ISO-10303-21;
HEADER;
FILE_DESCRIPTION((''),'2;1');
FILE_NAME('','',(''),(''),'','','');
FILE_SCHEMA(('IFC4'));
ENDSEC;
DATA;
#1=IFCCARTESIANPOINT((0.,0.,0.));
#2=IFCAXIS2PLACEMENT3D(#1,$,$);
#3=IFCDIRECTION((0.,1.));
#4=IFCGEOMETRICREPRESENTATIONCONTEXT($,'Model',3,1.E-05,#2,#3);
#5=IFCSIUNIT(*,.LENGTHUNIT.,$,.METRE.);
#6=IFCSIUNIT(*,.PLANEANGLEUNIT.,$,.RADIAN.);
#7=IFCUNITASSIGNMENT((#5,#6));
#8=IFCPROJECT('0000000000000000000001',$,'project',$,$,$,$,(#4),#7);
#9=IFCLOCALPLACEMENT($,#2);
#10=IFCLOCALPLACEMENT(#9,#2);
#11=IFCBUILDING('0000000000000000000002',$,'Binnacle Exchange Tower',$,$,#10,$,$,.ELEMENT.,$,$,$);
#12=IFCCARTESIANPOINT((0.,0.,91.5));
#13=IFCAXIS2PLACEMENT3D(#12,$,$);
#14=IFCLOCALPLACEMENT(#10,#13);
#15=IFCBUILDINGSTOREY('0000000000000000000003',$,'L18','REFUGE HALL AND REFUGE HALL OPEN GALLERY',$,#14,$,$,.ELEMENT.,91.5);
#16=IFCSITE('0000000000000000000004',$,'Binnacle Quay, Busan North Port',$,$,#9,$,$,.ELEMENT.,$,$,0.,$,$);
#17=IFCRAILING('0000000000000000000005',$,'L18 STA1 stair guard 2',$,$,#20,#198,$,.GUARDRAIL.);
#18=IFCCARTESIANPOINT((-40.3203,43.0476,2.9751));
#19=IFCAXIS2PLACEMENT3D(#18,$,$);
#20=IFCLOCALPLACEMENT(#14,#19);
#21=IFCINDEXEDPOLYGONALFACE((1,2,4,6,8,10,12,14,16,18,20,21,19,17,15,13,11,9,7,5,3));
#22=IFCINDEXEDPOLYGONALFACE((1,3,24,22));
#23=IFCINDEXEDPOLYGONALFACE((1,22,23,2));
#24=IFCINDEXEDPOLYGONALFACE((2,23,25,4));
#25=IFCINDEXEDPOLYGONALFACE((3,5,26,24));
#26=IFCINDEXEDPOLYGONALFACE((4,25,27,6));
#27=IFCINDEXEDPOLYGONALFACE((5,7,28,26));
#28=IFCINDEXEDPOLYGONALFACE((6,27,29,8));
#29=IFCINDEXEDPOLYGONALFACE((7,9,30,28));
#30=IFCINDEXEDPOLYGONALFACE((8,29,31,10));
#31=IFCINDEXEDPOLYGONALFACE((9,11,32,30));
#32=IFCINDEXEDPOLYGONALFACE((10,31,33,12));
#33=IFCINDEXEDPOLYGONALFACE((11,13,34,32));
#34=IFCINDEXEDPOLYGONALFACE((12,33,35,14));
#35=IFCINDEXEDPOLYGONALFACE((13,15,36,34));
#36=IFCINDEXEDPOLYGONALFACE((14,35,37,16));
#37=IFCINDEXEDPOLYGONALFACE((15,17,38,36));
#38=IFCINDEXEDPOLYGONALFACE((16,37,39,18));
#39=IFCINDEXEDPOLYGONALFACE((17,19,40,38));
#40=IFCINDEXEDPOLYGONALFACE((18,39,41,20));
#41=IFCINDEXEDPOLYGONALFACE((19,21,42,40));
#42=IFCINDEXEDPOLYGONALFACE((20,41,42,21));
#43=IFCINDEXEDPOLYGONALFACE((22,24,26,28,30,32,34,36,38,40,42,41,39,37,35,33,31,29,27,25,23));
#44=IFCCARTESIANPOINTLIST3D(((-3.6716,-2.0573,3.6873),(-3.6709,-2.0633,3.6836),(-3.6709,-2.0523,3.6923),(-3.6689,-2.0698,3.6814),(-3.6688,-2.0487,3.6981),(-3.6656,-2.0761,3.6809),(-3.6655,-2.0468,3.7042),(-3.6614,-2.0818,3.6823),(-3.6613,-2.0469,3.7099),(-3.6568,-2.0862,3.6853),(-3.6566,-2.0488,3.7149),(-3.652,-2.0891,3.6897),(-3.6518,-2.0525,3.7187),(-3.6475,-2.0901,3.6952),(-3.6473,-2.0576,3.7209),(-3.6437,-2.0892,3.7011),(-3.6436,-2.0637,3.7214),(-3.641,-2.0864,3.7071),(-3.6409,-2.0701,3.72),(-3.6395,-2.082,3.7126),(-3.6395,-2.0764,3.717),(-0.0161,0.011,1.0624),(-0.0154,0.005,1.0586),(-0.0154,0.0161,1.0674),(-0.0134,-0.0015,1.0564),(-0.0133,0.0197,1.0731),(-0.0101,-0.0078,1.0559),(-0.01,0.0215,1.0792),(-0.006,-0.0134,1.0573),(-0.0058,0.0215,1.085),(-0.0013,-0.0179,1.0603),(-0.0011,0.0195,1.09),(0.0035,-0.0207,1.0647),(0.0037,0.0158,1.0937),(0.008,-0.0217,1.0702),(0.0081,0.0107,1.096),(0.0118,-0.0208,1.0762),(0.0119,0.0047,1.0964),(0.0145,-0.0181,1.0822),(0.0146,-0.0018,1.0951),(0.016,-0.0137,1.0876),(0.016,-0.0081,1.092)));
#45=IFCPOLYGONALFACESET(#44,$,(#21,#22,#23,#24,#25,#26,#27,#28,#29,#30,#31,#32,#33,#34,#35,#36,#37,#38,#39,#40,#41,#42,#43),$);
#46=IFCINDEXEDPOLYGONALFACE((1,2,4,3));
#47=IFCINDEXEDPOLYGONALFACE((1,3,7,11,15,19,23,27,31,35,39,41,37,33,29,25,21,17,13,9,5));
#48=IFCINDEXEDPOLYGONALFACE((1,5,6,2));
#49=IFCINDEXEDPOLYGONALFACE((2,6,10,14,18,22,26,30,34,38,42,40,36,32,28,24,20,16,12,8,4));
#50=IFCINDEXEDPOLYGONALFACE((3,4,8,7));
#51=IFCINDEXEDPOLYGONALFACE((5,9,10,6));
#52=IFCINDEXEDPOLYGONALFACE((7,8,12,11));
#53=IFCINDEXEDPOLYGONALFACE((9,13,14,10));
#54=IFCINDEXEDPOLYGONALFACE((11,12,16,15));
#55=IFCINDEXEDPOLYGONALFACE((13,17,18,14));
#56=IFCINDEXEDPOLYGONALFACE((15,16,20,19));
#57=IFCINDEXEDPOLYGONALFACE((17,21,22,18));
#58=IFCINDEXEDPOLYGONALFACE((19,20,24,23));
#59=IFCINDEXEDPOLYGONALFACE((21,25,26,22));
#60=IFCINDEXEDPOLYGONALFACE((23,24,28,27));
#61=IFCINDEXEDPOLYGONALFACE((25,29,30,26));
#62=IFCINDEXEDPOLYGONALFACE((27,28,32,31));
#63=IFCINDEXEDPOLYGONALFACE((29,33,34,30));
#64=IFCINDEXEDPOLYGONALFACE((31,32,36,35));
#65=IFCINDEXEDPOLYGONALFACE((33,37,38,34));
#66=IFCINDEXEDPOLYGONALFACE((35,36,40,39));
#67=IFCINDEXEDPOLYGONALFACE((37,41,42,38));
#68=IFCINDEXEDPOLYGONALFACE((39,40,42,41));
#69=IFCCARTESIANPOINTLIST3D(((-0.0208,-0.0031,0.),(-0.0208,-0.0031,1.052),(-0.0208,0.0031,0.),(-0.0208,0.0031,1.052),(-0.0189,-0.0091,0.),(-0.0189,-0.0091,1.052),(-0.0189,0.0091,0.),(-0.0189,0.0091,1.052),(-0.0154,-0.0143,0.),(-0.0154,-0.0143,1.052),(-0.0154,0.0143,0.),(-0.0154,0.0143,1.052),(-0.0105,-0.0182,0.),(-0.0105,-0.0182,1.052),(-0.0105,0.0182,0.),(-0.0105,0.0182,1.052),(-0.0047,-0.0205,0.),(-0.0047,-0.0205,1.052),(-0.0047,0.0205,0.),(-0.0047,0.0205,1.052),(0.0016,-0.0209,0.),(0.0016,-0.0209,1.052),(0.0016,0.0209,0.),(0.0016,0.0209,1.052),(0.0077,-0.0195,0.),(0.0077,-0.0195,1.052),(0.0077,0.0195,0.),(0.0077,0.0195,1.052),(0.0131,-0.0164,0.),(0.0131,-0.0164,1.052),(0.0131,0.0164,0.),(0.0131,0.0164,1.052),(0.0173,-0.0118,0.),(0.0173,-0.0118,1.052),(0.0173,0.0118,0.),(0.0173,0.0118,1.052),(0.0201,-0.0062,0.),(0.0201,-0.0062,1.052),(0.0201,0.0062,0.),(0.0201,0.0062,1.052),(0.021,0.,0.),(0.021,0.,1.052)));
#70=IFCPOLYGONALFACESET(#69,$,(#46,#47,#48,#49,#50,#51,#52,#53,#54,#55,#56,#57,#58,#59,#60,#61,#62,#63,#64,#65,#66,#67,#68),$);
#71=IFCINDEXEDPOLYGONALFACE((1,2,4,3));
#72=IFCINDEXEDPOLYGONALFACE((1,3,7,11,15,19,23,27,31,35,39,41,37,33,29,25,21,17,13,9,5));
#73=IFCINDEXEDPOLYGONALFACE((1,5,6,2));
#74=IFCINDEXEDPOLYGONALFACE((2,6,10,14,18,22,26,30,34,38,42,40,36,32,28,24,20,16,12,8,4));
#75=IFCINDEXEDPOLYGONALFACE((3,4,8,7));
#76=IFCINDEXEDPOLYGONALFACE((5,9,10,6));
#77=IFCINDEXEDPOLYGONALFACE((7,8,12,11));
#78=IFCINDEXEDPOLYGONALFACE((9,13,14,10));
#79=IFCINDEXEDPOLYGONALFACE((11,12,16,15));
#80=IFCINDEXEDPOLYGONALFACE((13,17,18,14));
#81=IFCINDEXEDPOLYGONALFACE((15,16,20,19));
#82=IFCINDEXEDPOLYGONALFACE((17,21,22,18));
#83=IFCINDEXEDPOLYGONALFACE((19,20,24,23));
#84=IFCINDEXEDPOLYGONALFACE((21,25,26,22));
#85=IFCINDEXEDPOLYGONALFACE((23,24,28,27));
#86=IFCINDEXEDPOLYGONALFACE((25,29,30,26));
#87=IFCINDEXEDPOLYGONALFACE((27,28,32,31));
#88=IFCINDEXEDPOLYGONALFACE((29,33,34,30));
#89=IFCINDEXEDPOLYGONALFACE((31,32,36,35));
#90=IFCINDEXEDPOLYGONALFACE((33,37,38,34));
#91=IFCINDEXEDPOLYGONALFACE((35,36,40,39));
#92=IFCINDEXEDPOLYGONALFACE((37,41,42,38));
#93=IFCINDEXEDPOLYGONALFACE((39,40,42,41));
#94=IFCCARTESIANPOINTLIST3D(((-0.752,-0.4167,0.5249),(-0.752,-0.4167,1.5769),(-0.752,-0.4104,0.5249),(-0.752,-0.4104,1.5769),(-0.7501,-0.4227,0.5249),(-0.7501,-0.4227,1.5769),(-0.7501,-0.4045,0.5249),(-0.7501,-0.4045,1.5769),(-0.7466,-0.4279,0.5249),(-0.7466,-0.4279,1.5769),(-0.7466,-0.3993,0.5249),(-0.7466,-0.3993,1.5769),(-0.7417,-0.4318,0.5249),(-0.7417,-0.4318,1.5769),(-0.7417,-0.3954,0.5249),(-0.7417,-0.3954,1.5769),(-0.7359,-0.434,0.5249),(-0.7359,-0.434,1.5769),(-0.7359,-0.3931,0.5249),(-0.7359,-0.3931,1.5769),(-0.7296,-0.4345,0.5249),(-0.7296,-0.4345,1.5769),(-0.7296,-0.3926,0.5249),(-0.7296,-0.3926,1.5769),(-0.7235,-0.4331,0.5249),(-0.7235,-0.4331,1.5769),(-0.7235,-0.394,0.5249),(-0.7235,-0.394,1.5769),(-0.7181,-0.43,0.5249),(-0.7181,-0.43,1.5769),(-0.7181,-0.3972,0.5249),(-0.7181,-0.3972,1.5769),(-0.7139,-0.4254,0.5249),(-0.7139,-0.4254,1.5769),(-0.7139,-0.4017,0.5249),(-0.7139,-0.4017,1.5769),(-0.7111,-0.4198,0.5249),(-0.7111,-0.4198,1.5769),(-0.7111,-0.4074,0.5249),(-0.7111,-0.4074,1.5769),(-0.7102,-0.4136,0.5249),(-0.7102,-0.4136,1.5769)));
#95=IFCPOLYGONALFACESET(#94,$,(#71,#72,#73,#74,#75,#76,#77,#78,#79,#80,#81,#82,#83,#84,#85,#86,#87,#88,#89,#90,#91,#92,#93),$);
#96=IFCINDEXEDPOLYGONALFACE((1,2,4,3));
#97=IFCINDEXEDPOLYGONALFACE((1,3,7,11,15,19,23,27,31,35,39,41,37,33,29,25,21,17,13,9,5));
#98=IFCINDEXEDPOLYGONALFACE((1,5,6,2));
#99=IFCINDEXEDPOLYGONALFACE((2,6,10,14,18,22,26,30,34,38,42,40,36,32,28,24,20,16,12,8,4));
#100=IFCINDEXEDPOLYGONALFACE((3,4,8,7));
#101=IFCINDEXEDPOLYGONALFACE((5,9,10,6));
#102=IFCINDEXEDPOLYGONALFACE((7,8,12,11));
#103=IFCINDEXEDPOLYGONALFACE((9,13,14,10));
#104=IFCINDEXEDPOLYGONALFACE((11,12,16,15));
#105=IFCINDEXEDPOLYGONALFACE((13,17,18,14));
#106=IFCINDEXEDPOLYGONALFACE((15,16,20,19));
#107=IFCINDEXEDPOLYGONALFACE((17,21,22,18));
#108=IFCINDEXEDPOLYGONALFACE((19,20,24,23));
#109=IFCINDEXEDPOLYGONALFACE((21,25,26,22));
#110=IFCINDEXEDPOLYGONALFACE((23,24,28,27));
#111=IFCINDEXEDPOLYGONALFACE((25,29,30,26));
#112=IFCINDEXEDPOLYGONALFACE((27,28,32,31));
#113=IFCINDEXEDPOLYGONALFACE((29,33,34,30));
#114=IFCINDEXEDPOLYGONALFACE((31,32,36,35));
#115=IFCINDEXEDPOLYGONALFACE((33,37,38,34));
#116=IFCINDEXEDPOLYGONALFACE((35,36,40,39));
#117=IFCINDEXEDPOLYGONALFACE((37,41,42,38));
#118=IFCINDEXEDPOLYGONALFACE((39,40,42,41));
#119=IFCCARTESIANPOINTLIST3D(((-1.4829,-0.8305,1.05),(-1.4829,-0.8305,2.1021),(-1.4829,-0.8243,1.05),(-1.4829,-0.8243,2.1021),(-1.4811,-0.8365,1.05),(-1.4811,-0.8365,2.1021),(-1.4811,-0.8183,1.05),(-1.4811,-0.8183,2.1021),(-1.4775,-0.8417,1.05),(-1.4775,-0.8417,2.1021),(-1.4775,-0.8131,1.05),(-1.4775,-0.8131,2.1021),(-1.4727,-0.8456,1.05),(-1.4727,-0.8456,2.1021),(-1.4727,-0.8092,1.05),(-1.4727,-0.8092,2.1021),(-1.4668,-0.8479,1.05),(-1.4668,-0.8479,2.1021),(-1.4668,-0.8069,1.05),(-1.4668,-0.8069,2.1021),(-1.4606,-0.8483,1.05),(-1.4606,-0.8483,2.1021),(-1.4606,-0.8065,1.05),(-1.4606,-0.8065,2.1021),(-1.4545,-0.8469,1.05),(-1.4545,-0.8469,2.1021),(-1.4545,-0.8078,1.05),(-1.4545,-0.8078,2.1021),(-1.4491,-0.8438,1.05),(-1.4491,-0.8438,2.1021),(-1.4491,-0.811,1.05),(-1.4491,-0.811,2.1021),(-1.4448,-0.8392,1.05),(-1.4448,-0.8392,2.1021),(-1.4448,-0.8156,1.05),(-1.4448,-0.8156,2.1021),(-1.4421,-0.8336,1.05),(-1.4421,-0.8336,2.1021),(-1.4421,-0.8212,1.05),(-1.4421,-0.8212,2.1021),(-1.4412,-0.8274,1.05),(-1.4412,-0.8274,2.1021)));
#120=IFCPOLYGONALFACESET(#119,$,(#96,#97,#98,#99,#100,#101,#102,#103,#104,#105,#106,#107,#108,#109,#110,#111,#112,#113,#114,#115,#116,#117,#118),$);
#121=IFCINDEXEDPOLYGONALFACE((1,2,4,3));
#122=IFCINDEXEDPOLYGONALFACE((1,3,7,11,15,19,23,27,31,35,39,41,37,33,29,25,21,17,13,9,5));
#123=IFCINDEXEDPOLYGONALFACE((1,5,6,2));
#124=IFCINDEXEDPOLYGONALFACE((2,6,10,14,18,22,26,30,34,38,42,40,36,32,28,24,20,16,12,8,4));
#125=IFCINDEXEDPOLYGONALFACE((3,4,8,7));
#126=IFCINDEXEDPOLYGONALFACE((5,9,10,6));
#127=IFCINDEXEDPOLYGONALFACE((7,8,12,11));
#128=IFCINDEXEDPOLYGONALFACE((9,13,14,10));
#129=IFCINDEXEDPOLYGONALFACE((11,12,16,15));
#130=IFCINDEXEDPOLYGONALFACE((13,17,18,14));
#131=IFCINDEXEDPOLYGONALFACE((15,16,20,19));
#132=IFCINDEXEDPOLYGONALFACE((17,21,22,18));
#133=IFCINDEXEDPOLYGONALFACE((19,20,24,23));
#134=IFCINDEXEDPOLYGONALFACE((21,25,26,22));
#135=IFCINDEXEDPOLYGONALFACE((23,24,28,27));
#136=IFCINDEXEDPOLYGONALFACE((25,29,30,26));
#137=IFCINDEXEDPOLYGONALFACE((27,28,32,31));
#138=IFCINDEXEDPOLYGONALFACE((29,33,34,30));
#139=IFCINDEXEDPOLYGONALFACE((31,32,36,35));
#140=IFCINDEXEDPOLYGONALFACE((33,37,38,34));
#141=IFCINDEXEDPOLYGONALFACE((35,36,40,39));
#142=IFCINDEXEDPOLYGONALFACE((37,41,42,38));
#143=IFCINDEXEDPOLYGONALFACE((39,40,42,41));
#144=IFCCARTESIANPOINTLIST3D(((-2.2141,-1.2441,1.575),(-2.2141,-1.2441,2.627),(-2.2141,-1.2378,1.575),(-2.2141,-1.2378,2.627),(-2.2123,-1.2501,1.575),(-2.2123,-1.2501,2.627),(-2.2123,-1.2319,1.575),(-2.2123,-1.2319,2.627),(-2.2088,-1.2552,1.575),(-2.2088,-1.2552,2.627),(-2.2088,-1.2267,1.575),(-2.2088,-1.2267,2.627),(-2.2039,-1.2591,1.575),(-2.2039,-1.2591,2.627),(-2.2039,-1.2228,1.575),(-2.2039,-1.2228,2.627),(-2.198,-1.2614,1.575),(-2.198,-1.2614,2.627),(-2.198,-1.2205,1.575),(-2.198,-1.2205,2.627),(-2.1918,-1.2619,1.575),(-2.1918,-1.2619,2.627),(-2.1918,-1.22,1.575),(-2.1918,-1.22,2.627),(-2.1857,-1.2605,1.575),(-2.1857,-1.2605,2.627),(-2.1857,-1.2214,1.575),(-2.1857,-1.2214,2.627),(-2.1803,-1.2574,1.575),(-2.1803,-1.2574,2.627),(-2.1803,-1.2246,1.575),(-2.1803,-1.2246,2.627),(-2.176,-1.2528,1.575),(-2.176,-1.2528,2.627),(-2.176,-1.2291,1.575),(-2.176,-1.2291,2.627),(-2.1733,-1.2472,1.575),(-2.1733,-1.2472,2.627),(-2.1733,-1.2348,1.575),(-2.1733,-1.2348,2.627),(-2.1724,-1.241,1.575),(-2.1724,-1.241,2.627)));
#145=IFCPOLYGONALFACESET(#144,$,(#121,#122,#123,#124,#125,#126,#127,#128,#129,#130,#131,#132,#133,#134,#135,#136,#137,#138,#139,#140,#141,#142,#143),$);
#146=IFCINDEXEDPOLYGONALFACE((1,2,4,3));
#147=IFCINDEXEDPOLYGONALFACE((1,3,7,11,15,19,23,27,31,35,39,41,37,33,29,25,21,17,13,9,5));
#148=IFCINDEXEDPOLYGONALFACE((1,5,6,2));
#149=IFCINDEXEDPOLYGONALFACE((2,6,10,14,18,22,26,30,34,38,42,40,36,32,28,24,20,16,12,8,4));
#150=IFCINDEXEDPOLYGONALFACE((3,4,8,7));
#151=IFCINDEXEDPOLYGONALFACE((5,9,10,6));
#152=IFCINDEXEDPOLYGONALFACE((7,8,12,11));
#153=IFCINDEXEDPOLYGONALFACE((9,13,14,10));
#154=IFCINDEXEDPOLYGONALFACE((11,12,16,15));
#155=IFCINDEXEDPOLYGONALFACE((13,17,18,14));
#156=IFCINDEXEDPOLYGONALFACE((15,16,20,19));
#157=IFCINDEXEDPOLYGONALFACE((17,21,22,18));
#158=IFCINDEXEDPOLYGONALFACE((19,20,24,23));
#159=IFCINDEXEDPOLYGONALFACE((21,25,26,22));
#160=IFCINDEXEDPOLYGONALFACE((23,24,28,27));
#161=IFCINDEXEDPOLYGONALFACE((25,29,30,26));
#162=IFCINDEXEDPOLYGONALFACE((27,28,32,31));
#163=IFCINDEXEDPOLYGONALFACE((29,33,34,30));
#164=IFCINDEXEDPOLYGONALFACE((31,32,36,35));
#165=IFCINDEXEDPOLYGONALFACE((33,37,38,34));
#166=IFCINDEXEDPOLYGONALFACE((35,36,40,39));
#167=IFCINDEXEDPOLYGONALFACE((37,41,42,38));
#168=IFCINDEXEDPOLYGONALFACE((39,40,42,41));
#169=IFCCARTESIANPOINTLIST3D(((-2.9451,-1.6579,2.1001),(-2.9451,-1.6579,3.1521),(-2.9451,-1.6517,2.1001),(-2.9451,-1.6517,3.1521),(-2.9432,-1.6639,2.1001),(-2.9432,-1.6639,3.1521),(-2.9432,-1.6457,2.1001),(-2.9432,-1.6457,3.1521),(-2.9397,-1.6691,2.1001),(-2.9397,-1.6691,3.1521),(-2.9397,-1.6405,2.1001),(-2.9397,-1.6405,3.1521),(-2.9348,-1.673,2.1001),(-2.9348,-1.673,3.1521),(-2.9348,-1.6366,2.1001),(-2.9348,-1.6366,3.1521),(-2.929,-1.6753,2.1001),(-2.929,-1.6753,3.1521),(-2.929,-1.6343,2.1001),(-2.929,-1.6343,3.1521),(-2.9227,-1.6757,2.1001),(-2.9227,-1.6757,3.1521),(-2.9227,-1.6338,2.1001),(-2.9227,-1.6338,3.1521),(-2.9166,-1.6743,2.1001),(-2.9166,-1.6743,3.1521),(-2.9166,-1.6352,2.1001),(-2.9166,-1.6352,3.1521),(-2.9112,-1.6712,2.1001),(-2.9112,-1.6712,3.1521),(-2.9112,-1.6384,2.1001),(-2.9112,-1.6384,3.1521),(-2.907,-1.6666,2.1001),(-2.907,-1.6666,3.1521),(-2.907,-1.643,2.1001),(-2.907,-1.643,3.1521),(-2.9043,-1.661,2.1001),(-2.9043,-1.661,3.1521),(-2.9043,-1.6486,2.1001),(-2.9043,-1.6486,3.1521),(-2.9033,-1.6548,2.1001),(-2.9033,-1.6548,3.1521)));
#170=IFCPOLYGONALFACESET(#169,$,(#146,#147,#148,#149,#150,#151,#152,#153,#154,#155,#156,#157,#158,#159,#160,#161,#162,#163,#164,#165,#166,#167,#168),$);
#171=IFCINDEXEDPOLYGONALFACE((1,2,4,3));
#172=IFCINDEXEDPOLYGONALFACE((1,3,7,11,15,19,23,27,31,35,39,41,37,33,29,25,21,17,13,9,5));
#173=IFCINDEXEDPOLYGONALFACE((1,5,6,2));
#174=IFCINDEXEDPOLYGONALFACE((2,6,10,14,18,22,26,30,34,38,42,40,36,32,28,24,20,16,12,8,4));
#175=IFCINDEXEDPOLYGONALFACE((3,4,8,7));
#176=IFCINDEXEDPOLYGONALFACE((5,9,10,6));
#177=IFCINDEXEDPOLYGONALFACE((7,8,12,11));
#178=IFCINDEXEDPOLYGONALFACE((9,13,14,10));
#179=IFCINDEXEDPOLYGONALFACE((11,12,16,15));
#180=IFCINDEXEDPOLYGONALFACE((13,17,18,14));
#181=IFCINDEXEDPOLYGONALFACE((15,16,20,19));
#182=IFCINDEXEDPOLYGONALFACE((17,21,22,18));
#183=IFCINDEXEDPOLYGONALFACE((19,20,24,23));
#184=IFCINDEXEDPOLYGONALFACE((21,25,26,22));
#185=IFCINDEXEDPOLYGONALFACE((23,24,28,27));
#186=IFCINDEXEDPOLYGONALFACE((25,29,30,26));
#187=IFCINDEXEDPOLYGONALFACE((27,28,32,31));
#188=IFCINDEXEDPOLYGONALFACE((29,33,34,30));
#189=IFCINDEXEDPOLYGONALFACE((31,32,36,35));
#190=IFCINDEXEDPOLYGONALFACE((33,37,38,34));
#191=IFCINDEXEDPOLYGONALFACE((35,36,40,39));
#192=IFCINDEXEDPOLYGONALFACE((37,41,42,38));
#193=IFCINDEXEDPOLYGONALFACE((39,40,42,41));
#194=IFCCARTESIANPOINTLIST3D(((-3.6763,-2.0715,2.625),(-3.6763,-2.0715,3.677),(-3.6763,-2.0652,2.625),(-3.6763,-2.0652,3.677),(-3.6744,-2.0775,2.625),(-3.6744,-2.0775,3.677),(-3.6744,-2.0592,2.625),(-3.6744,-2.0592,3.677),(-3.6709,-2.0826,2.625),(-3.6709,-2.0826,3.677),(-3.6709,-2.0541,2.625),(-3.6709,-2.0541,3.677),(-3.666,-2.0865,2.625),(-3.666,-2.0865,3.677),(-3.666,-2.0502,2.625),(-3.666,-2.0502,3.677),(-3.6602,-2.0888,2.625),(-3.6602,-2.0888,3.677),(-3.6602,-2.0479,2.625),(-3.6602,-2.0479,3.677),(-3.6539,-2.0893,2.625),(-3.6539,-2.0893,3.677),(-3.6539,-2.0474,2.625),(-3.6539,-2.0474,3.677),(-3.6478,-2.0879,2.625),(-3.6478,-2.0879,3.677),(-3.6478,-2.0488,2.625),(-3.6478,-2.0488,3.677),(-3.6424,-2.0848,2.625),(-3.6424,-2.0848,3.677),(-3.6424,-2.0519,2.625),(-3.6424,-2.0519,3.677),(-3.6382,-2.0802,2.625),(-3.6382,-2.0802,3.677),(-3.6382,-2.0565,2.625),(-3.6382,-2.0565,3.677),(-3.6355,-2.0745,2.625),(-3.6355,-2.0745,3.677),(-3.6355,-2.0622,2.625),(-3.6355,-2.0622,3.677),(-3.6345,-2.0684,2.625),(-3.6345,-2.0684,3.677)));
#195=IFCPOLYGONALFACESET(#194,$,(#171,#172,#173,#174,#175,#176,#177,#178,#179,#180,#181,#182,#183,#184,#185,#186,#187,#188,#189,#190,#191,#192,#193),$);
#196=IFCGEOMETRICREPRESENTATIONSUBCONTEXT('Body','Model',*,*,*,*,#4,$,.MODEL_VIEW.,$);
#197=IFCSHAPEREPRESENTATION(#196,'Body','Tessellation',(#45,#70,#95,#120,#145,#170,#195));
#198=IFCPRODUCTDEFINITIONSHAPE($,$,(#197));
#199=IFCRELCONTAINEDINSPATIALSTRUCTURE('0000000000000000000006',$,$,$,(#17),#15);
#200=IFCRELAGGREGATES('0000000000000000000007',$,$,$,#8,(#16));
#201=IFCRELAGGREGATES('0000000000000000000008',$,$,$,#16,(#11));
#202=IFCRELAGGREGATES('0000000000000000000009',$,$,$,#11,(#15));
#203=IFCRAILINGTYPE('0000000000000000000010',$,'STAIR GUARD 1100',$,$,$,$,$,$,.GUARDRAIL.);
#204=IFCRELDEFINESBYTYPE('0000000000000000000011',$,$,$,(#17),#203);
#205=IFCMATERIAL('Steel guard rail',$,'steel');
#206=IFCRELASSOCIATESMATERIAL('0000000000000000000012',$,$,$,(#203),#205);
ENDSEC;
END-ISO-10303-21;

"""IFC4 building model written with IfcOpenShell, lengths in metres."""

from ifc_helpers import new_model, si_unit, direction, frame, origin, origin_2d, place, context, subcontext, project, spatial, circle, extrude, material, type_object, element, save


model = new_model("IFC4")

# Units and contexts
model_context = context("Model", 3, precision=1e-05, world=origin(), true_north=direction((0.0, 1.0)))
body_context = subcontext(model_context, "Body", "Model", "MODEL_VIEW")
ifc_project = project(units=[si_unit("LENGTHUNIT", "METRE"), si_unit("PLANEANGLEUNIT", "RADIAN")], contexts=[model_context])

# Site, building, storey
site_placement = place(None, origin())
site = spatial("IfcSite", under=ifc_project, at=site_placement, Name="Binnacle Quay, Busan North Port", CompositionType="ELEMENT", RefElevation=0.0)
building_placement = place(site_placement, origin())
building = spatial("IfcBuilding", under=site, at=building_placement, Name="Binnacle Exchange Tower", CompositionType="ELEMENT")
storey_placement = place(building_placement, frame((0.0, 0.0, 91.5)))
storey = spatial("IfcBuildingStorey", under=building, at=storey_placement, Name="L18", Description="REFUGE HALL AND REFUGE HALL OPEN GALLERY", CompositionType="ELEMENT", Elevation=91.5)

# Railing
ifc_material_1 = material(Name="Steel guard rail", Category="steel")
railing_type_1 = type_object("IfcRailingType", Name="STAIR GUARD 1100", PredefinedType="GUARDRAIL", material=ifc_material_1)
railing_1_placement = place(storey_placement, frame((-40.3203, 43.0476, 2.9751)))
element("IfcRailing", 1, at=railing_1_placement, inside=storey, type_object=railing_type_1, Name="L18 STA1 stair guard 2", PredefinedType="GUARDRAIL", context=body_context, shape_type="SweptSolid", body=[
    extrude(circle(Radius=0.0239, at=origin_2d()), frame((0.0, 0.0, 1.0762), z_axis=(-0.738051, -0.417603, 0.529989), x_axis=(0.492454, -0.870339, 0.0)), (0.0, 0.0, 1.0), 4.9529),
    extrude(circle(Radius=0.021, at=origin_2d()), origin(), (0.0, 0.0, 1.0), 1.052),
    extrude(circle(Radius=0.021, at=origin_2d()), frame((-0.7312, -0.4136, 0.5249)), (0.0, 0.0, 1.0), 1.052),
    extrude(circle(Radius=0.021, at=origin_2d()), frame((-1.4622, -0.8274, 1.05)), (0.0, 0.0, 1.0), 1.052),
    extrude(circle(Radius=0.021, at=origin_2d()), frame((-2.1934, -1.241, 1.575)), (0.0, 0.0, 1.0), 1.052),
    extrude(circle(Radius=0.021, at=origin_2d()), frame((-2.9243, -1.6548, 2.1001)), (0.0, 0.0, 1.0), 1.052),
    extrude(circle(Radius=0.021, at=origin_2d()), frame((-3.6555, -2.0684, 2.625)), (0.0, 0.0, 1.0), 1.052),
])

save(model, "model.ifc")
